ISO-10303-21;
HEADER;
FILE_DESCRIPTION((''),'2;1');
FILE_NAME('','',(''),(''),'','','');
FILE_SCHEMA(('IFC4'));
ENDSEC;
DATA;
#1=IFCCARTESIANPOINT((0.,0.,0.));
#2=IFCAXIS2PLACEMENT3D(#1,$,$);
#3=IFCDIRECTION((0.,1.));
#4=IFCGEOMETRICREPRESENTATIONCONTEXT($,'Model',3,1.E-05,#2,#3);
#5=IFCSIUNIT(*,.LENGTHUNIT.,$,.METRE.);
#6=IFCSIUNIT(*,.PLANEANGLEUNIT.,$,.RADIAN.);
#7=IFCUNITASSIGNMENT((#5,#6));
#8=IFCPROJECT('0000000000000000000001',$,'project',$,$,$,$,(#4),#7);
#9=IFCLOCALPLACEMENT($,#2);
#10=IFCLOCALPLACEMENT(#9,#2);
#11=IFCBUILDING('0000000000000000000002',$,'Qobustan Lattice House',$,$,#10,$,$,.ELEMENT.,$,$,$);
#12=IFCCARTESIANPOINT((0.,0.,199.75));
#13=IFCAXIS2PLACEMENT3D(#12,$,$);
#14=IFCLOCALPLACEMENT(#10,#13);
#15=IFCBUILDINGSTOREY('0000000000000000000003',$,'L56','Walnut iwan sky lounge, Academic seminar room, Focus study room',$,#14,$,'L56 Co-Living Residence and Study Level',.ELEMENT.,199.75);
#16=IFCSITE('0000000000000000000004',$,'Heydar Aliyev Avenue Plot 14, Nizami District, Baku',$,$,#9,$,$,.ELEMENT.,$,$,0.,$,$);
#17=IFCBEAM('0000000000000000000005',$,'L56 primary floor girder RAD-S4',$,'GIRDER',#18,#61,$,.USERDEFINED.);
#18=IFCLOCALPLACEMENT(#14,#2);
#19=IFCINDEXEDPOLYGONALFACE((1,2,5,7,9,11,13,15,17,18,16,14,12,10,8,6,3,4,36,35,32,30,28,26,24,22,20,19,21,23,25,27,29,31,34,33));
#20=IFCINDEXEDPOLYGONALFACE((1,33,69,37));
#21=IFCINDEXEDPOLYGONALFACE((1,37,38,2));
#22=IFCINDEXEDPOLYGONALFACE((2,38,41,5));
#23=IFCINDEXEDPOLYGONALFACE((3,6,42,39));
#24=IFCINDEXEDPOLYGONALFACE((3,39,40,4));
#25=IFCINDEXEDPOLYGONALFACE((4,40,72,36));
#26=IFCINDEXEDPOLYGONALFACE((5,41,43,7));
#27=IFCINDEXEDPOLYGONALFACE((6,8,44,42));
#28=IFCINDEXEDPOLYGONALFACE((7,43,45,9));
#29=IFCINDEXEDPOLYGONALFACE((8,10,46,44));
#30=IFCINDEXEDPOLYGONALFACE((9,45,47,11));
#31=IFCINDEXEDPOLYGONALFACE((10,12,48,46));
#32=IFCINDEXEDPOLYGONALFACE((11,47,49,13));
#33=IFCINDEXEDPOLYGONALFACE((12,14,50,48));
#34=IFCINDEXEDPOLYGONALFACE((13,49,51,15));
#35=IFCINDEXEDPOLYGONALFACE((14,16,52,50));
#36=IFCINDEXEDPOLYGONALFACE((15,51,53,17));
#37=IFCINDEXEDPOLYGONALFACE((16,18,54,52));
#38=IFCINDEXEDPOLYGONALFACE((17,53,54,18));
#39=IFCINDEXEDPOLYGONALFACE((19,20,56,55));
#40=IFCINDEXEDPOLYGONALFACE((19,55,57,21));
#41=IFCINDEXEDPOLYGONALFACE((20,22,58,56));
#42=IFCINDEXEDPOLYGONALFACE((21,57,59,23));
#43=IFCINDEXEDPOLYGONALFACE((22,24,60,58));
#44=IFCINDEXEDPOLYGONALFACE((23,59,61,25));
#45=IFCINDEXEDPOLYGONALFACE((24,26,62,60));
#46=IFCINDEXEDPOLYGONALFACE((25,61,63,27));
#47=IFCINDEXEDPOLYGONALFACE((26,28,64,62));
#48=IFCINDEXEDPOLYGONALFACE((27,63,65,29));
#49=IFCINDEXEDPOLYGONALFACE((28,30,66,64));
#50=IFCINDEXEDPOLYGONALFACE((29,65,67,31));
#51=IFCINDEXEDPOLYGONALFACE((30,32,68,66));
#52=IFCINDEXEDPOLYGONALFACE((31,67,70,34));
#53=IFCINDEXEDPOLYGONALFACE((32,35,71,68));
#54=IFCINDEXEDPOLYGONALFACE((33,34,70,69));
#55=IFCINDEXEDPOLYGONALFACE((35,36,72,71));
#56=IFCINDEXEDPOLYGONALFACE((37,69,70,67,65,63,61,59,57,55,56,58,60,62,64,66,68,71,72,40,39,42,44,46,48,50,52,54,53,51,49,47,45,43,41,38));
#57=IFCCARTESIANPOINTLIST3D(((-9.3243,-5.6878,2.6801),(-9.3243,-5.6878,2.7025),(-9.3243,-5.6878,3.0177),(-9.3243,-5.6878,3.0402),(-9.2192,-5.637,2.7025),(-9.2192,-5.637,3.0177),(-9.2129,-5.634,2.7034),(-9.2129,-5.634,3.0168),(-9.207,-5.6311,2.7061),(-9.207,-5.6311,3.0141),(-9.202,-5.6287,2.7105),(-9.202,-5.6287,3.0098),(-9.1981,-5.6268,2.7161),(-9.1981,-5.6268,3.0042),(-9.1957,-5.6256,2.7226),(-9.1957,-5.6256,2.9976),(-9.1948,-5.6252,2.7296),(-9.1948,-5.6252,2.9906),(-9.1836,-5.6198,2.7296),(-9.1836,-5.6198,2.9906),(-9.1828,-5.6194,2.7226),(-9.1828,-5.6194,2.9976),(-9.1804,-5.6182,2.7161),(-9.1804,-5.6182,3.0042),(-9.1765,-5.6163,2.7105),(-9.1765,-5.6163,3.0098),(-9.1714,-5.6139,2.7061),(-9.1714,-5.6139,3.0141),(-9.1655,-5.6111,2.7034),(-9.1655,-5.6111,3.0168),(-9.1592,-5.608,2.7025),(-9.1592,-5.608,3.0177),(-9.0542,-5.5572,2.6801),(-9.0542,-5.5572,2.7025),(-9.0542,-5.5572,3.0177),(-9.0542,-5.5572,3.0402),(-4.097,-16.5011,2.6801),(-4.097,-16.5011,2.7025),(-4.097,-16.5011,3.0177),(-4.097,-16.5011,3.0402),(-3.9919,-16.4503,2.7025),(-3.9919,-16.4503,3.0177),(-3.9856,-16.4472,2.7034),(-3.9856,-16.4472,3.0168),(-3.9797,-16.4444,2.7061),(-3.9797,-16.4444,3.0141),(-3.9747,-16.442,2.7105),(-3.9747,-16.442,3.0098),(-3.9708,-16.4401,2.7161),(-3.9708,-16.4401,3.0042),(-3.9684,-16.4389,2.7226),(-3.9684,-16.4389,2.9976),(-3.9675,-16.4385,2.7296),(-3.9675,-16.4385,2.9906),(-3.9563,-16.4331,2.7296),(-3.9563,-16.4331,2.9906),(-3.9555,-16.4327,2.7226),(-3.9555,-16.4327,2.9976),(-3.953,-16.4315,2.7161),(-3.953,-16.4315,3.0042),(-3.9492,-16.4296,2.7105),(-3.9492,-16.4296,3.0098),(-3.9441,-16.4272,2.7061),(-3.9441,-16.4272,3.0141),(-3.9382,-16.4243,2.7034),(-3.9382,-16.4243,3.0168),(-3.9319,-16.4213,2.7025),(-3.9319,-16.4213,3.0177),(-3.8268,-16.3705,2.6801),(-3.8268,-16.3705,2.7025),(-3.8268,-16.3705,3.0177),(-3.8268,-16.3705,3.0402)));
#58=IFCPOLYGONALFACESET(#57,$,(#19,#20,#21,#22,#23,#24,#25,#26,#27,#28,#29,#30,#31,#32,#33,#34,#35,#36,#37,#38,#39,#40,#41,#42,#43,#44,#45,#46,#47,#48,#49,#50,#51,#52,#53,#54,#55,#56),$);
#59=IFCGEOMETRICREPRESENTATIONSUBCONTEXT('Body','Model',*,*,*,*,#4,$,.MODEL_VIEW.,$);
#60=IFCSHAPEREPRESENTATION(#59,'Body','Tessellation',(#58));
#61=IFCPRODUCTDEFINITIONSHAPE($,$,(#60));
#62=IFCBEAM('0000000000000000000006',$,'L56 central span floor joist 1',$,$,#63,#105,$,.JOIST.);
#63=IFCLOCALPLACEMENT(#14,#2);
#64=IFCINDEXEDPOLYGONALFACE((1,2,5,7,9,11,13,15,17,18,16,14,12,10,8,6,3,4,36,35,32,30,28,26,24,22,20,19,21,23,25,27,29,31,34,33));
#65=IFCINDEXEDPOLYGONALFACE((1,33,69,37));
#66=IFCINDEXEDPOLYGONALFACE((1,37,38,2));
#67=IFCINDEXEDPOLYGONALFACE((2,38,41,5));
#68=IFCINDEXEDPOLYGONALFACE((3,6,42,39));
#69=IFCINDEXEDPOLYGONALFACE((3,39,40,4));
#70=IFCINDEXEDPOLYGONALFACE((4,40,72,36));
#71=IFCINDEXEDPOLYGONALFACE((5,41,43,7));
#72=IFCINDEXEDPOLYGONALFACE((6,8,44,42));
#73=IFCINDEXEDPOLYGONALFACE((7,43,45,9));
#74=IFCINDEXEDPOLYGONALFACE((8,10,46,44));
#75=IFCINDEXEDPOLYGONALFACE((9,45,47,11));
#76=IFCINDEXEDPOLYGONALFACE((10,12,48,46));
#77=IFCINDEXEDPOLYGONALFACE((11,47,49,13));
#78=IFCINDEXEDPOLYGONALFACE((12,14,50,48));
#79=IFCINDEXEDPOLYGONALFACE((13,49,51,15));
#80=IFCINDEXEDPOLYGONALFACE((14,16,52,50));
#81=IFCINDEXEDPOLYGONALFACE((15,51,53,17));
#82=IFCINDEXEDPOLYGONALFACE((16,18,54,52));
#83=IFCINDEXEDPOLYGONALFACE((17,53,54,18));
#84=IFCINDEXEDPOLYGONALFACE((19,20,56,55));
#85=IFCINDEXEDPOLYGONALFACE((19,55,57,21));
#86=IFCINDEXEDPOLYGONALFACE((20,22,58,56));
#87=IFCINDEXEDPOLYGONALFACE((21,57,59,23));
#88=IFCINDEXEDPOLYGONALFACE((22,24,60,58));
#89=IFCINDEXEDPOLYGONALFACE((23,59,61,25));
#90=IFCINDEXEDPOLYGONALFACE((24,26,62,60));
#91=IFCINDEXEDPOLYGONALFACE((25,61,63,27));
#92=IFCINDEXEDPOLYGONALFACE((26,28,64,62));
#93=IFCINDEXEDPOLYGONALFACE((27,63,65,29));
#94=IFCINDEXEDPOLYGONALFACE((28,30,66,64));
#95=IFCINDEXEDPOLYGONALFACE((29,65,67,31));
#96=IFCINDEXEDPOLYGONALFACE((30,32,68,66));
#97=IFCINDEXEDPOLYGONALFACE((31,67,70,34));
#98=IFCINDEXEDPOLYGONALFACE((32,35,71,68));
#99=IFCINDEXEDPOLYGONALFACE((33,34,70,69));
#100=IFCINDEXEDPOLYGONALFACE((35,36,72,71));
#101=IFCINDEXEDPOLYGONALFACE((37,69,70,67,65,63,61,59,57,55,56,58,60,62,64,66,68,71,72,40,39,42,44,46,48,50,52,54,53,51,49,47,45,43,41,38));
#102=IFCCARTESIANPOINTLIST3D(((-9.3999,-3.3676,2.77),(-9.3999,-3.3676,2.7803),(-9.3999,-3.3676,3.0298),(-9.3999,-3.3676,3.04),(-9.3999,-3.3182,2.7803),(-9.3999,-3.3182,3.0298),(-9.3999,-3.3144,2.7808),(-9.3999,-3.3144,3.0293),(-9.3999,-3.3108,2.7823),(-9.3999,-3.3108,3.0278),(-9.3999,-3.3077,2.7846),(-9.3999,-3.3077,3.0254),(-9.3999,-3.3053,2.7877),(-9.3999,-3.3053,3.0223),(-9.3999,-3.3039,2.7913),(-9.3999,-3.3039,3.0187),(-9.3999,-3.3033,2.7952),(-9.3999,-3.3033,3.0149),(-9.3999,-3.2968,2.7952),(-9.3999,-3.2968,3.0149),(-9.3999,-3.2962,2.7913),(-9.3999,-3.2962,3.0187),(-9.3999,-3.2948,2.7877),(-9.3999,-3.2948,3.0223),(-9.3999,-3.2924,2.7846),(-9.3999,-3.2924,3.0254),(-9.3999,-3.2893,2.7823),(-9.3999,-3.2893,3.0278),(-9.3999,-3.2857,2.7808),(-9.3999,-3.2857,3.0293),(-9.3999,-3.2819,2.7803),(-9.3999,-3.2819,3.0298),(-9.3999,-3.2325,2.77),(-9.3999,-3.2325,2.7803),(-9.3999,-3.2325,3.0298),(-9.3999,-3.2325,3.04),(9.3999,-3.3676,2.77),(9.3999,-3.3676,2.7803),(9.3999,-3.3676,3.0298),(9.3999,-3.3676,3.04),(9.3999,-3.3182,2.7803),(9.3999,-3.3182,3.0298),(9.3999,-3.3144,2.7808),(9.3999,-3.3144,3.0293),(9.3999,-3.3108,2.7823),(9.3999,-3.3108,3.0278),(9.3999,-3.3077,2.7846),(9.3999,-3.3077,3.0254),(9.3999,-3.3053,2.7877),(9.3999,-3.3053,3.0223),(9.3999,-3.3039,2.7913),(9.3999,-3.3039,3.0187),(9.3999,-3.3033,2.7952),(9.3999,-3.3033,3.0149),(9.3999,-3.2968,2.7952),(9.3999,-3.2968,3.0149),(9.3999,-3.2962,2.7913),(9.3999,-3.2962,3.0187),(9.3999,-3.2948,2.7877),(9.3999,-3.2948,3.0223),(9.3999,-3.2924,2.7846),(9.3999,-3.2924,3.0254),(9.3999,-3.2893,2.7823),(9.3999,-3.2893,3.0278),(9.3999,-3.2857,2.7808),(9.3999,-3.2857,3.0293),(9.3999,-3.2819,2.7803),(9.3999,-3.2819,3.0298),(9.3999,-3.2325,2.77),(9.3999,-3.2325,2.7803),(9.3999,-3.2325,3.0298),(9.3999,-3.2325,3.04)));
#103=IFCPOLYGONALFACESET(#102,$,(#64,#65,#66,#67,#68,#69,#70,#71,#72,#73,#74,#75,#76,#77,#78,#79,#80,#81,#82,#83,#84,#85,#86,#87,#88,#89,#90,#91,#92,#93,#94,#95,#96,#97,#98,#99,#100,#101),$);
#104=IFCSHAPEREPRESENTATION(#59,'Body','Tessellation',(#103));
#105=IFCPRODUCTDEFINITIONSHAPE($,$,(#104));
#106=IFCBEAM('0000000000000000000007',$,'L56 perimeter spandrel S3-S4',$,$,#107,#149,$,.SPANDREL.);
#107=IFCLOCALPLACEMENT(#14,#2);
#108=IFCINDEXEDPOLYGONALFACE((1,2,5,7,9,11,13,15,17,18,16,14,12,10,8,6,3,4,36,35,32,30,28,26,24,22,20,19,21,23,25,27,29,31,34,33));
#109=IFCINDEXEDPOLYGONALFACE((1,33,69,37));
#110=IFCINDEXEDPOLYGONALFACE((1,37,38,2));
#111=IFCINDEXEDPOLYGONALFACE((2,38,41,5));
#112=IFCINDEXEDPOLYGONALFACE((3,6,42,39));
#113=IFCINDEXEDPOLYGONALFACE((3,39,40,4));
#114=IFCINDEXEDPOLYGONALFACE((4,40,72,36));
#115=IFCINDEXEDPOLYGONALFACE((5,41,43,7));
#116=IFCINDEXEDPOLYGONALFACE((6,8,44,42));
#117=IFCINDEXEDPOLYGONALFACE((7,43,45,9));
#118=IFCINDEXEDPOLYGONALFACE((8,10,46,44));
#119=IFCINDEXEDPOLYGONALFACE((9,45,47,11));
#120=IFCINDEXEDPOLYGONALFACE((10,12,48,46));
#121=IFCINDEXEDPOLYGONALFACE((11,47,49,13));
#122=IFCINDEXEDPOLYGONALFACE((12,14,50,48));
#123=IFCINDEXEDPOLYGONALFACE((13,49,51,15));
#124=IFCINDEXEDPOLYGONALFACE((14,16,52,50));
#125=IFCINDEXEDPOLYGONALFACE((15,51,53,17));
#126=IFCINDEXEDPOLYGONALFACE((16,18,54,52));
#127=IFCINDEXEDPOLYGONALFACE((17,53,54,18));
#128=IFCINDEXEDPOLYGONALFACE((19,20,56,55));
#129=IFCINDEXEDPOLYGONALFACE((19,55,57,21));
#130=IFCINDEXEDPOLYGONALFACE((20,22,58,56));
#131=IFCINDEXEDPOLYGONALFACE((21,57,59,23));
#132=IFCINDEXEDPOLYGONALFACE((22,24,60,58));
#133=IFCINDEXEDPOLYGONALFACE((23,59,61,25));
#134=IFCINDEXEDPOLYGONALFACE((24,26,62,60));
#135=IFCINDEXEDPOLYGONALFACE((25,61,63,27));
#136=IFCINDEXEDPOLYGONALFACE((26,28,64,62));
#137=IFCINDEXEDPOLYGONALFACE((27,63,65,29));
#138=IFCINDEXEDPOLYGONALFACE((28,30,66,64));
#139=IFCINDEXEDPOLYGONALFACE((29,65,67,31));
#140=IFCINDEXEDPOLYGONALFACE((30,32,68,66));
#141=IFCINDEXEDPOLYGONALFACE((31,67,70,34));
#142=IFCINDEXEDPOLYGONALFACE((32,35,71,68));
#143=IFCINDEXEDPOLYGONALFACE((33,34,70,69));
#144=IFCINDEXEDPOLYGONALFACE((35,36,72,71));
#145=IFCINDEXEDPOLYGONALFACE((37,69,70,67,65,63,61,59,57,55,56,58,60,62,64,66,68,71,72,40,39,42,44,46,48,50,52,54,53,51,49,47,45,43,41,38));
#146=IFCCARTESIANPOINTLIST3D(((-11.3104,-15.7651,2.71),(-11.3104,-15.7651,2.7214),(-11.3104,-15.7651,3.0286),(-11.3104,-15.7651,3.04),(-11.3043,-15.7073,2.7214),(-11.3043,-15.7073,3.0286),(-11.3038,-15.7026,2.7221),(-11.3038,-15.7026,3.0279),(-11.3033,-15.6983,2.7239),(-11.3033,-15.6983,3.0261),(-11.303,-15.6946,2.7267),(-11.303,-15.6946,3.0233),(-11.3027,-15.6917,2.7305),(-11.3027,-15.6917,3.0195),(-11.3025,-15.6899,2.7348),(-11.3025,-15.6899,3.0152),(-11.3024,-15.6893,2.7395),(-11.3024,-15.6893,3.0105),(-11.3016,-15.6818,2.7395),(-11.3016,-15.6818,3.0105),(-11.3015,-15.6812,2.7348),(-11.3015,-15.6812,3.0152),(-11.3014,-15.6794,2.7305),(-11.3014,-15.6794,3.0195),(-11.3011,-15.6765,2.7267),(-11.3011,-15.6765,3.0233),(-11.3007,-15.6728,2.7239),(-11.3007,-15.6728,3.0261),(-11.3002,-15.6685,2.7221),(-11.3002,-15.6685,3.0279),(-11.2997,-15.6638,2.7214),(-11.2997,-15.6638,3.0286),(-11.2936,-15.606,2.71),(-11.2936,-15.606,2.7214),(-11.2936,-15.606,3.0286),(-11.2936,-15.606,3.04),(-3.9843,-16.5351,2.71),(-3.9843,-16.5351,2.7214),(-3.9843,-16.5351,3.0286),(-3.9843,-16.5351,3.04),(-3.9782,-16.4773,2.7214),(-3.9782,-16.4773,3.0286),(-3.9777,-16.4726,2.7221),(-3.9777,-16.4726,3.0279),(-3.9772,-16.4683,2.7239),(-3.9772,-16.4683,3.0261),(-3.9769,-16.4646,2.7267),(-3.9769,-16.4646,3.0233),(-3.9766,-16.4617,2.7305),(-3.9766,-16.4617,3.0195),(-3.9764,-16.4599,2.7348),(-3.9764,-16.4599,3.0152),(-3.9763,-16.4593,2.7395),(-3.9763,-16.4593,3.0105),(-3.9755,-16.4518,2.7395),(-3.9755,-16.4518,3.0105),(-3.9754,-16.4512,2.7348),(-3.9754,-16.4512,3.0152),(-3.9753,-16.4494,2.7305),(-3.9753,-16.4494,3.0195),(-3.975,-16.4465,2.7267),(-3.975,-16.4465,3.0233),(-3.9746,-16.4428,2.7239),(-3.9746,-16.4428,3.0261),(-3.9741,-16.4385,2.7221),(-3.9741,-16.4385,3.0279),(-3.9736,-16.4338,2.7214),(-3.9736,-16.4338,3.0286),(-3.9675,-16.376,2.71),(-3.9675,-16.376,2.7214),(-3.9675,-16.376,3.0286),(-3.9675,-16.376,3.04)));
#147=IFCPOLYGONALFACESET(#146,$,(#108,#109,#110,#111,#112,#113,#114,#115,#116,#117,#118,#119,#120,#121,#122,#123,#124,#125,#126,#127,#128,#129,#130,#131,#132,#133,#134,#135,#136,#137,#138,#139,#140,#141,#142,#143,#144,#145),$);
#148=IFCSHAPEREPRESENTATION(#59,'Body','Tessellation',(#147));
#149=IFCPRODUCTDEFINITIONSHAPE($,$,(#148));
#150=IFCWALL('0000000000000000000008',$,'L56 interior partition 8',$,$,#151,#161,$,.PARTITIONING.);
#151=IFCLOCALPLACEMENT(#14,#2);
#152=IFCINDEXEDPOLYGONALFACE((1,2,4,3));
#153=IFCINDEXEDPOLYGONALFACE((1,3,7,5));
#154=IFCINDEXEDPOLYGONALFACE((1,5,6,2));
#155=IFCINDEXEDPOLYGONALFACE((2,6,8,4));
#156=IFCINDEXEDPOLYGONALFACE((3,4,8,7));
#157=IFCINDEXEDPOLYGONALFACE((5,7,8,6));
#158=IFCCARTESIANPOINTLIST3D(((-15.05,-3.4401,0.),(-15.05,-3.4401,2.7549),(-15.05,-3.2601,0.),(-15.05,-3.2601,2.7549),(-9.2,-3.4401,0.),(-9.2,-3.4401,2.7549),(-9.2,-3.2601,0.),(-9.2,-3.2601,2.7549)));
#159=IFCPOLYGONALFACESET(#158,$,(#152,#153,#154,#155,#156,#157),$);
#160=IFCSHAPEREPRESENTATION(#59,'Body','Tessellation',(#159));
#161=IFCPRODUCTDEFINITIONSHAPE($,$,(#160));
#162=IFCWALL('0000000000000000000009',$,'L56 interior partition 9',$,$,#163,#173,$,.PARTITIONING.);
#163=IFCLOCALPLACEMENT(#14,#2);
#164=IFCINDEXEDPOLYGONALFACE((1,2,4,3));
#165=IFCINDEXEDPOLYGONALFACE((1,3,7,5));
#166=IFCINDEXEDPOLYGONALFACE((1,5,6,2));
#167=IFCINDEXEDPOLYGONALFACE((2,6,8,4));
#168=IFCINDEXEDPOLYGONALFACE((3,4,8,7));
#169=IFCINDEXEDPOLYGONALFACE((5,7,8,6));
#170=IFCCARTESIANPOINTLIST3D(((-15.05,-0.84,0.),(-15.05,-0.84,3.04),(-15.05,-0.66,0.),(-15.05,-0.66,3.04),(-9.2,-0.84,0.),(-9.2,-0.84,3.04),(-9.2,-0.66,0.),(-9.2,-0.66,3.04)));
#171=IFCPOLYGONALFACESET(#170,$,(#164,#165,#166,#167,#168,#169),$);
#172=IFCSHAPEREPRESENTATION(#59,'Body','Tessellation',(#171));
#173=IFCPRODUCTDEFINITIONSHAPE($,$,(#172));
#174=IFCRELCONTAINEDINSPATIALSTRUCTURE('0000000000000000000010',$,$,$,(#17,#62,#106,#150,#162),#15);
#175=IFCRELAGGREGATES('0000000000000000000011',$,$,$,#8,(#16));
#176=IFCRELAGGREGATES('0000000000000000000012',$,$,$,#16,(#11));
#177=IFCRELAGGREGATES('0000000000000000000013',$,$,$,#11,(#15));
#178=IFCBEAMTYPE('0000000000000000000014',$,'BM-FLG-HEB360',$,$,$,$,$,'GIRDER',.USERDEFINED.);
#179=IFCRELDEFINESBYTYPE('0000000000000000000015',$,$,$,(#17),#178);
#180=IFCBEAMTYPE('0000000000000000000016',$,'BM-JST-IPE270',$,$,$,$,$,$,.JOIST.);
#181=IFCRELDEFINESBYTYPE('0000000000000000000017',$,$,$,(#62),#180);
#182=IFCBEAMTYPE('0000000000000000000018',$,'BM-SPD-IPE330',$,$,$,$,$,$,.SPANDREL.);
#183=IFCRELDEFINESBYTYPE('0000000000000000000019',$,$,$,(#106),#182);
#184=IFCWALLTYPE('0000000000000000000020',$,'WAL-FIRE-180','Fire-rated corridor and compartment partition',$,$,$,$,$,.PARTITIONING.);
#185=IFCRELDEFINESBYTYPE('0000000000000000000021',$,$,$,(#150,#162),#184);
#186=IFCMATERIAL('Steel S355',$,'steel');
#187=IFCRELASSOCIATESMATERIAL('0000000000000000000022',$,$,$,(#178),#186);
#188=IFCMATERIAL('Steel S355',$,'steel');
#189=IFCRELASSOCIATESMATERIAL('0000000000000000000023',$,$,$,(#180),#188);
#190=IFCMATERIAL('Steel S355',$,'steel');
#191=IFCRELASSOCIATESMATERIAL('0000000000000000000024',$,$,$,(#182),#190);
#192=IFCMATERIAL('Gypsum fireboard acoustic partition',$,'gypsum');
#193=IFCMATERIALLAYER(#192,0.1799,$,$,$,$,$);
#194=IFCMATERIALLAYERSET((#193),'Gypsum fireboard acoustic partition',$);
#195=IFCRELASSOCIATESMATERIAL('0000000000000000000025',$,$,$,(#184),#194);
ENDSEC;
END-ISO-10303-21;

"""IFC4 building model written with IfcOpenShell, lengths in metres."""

from ifc_helpers import new_model, si_unit, direction, frame, frame_2d, origin, origin_2d, place, context, subcontext, project, spatial, rectangle, i_section, extrude, material, layer, layer_set, material_profile, profile_set, type_object, element, save


model = new_model("IFC4")

# Units and contexts
model_context = context("Model", 3, precision=1e-05, world=origin(), true_north=direction((0.0, 1.0)))
body_context = subcontext(model_context, "Body", "Model", "MODEL_VIEW")
ifc_project = project(units=[si_unit("LENGTHUNIT", "METRE"), si_unit("PLANEANGLEUNIT", "RADIAN")], contexts=[model_context])

# Site, building, storey
site_placement = place(None, origin())
site = spatial("IfcSite", under=ifc_project, at=site_placement, Name="Heydar Aliyev Avenue Plot 14, Nizami District, Baku", CompositionType="ELEMENT", RefElevation=0.0)
building_placement = place(site_placement, origin())
building = spatial("IfcBuilding", under=site, at=building_placement, Name="Qobustan Lattice House", CompositionType="ELEMENT")
storey_placement = place(building_placement, frame((0.0, 0.0, 199.75)))
storey = spatial("IfcBuildingStorey", under=building, at=storey_placement, Name="L56", Description="Walnut iwan sky lounge, Academic seminar room, Focus study room", LongName="L56 Co-Living Residence and Study Level", CompositionType="ELEMENT", Elevation=199.75)

# Beams
ifc_material_1 = material(Name="Steel S355", Category="steel")
ifc_material_profile_1 = material_profile(ifc_material_1, i_section(OverallWidth=0.3, OverallDepth=0.3601, WebThickness=0.0125, FlangeThickness=0.0225, FilletRadius=0.0271, at=origin_2d()), Name="HEB360")
ifc_profile_set_1 = profile_set([ifc_material_profile_1], Name="Steel S355")
beam_type_1 = type_object("IfcBeamType", Name="BM-FLG-HEB360", ElementType="GIRDER", PredefinedType="USERDEFINED", material=ifc_profile_set_1)
beam_1_placement = place(storey_placement, frame((-3.9619, -16.4358, 2.8601), z_axis=(-0.435229, 0.90032, 0.0), x_axis=(-0.90032, -0.435229, 0.0)))
element("IfcBeam", 1, at=beam_1_placement, inside=storey, type_object=beam_type_1, Name="L56 primary floor girder RAD-S4", ObjectType="GIRDER", PredefinedType="USERDEFINED", context=body_context, shape_type="SweptSolid", body=[
    extrude(i_section(OverallWidth=0.3, OverallDepth=0.3601, WebThickness=0.0125, FlangeThickness=0.0225, FilletRadius=0.0271, at=origin_2d()), origin(), (0.0, 0.0, 1.0), 12.0105),
])
ifc_material_2 = material(Name="Steel S355", Category="steel")
ifc_material_profile_2 = material_profile(ifc_material_2, i_section(OverallWidth=0.135, OverallDepth=0.27, WebThickness=0.0066, FlangeThickness=0.0103, FilletRadius=0.0149, at=origin_2d()), Name="IPE270")
ifc_profile_set_2 = profile_set([ifc_material_profile_2], Name="Steel S355")
beam_type_2 = type_object("IfcBeamType", Name="BM-JST-IPE270", PredefinedType="JOIST", material=ifc_profile_set_2)
beam_2_placement = place(storey_placement, frame((-9.3999, -3.3, 2.905), z_axis=(1.0, 0.0, 0.0), x_axis=(0.0, 1.0, 0.0)))
element("IfcBeam", 2, at=beam_2_placement, inside=storey, type_object=beam_type_2, Name="L56 central span floor joist 1", PredefinedType="JOIST", context=body_context, shape_type="SweptSolid", body=[
    extrude(i_section(OverallWidth=0.135, OverallDepth=0.27, WebThickness=0.0066, FlangeThickness=0.0103, FilletRadius=0.0149, at=origin_2d()), origin(), (0.0, 0.0, 1.0), 18.7998),
])
ifc_material_3 = material(Name="Steel S355", Category="steel")
ifc_material_profile_3 = material_profile(ifc_material_3, i_section(OverallWidth=0.1599, OverallDepth=0.3301, WebThickness=0.0076, FlangeThickness=0.0115, FilletRadius=0.0181, at=origin_2d()), Name="IPE330")
ifc_profile_set_3 = profile_set([ifc_material_profile_3], Name="Steel S355")
beam_type_3 = type_object("IfcBeamType", Name="BM-SPD-IPE330", PredefinedType="SPANDREL", material=ifc_profile_set_3)
beam_3_placement = place(storey_placement, frame((-11.302, -15.6855, 2.875), z_axis=(0.994522, -0.10453, 0.0), x_axis=(0.10453, 0.994522, 0.0)))
element("IfcBeam", 3, at=beam_3_placement, inside=storey, type_object=beam_type_3, Name="L56 perimeter spandrel S3-S4", PredefinedType="SPANDREL", context=body_context, shape_type="SweptSolid", body=[
    extrude(i_section(OverallWidth=0.1599, OverallDepth=0.3301, WebThickness=0.0076, FlangeThickness=0.0115, FilletRadius=0.0181, at=origin_2d()), origin(), (0.0, 0.0, 1.0), 7.3665),
])

# Walls
ifc_material_4 = material(Name="Gypsum fireboard acoustic partition", Category="gypsum")
ifc_layer_1 = layer(ifc_material_4, 0.1799)
ifc_layer_set_1 = layer_set([ifc_layer_1], Name="Gypsum fireboard acoustic partition")
wall_type_1 = type_object("IfcWallType", Name="WAL-FIRE-180", Description="Fire-rated corridor and compartment partition", PredefinedType="PARTITIONING", material=ifc_layer_set_1)
wall_1_placement = place(storey_placement, frame((-15.05, -3.3501, 0.0), z_axis=(0.0, 0.0, 1.0), x_axis=(1.0, 0.0, 0.0)))
element("IfcWall", 4, at=wall_1_placement, inside=storey, type_object=wall_type_1, Name="L56 interior partition 8", PredefinedType="PARTITIONING", context=body_context, shape_type="SweptSolid", body=[
    extrude(rectangle(XDim=5.8501, YDim=0.1799, at=frame_2d((2.925, 0.0))), origin(), (0.0, 0.0, 1.0), 2.7549),
])
wall_2_placement = place(storey_placement, frame((-9.2, -0.75, 0.0), z_axis=(0.0, 0.0, 1.0), x_axis=(-1.0, 0.0, 0.0)))
element("IfcWall", 5, at=wall_2_placement, inside=storey, type_object=wall_type_1, Name="L56 interior partition 9", PredefinedType="PARTITIONING", context=body_context, shape_type="SweptSolid", body=[
    extrude(rectangle(XDim=5.8501, YDim=0.1799, at=frame_2d((2.925, 0.0))), origin(), (0.0, 0.0, 1.0), 3.04),
])

save(model, "model.ifc")
